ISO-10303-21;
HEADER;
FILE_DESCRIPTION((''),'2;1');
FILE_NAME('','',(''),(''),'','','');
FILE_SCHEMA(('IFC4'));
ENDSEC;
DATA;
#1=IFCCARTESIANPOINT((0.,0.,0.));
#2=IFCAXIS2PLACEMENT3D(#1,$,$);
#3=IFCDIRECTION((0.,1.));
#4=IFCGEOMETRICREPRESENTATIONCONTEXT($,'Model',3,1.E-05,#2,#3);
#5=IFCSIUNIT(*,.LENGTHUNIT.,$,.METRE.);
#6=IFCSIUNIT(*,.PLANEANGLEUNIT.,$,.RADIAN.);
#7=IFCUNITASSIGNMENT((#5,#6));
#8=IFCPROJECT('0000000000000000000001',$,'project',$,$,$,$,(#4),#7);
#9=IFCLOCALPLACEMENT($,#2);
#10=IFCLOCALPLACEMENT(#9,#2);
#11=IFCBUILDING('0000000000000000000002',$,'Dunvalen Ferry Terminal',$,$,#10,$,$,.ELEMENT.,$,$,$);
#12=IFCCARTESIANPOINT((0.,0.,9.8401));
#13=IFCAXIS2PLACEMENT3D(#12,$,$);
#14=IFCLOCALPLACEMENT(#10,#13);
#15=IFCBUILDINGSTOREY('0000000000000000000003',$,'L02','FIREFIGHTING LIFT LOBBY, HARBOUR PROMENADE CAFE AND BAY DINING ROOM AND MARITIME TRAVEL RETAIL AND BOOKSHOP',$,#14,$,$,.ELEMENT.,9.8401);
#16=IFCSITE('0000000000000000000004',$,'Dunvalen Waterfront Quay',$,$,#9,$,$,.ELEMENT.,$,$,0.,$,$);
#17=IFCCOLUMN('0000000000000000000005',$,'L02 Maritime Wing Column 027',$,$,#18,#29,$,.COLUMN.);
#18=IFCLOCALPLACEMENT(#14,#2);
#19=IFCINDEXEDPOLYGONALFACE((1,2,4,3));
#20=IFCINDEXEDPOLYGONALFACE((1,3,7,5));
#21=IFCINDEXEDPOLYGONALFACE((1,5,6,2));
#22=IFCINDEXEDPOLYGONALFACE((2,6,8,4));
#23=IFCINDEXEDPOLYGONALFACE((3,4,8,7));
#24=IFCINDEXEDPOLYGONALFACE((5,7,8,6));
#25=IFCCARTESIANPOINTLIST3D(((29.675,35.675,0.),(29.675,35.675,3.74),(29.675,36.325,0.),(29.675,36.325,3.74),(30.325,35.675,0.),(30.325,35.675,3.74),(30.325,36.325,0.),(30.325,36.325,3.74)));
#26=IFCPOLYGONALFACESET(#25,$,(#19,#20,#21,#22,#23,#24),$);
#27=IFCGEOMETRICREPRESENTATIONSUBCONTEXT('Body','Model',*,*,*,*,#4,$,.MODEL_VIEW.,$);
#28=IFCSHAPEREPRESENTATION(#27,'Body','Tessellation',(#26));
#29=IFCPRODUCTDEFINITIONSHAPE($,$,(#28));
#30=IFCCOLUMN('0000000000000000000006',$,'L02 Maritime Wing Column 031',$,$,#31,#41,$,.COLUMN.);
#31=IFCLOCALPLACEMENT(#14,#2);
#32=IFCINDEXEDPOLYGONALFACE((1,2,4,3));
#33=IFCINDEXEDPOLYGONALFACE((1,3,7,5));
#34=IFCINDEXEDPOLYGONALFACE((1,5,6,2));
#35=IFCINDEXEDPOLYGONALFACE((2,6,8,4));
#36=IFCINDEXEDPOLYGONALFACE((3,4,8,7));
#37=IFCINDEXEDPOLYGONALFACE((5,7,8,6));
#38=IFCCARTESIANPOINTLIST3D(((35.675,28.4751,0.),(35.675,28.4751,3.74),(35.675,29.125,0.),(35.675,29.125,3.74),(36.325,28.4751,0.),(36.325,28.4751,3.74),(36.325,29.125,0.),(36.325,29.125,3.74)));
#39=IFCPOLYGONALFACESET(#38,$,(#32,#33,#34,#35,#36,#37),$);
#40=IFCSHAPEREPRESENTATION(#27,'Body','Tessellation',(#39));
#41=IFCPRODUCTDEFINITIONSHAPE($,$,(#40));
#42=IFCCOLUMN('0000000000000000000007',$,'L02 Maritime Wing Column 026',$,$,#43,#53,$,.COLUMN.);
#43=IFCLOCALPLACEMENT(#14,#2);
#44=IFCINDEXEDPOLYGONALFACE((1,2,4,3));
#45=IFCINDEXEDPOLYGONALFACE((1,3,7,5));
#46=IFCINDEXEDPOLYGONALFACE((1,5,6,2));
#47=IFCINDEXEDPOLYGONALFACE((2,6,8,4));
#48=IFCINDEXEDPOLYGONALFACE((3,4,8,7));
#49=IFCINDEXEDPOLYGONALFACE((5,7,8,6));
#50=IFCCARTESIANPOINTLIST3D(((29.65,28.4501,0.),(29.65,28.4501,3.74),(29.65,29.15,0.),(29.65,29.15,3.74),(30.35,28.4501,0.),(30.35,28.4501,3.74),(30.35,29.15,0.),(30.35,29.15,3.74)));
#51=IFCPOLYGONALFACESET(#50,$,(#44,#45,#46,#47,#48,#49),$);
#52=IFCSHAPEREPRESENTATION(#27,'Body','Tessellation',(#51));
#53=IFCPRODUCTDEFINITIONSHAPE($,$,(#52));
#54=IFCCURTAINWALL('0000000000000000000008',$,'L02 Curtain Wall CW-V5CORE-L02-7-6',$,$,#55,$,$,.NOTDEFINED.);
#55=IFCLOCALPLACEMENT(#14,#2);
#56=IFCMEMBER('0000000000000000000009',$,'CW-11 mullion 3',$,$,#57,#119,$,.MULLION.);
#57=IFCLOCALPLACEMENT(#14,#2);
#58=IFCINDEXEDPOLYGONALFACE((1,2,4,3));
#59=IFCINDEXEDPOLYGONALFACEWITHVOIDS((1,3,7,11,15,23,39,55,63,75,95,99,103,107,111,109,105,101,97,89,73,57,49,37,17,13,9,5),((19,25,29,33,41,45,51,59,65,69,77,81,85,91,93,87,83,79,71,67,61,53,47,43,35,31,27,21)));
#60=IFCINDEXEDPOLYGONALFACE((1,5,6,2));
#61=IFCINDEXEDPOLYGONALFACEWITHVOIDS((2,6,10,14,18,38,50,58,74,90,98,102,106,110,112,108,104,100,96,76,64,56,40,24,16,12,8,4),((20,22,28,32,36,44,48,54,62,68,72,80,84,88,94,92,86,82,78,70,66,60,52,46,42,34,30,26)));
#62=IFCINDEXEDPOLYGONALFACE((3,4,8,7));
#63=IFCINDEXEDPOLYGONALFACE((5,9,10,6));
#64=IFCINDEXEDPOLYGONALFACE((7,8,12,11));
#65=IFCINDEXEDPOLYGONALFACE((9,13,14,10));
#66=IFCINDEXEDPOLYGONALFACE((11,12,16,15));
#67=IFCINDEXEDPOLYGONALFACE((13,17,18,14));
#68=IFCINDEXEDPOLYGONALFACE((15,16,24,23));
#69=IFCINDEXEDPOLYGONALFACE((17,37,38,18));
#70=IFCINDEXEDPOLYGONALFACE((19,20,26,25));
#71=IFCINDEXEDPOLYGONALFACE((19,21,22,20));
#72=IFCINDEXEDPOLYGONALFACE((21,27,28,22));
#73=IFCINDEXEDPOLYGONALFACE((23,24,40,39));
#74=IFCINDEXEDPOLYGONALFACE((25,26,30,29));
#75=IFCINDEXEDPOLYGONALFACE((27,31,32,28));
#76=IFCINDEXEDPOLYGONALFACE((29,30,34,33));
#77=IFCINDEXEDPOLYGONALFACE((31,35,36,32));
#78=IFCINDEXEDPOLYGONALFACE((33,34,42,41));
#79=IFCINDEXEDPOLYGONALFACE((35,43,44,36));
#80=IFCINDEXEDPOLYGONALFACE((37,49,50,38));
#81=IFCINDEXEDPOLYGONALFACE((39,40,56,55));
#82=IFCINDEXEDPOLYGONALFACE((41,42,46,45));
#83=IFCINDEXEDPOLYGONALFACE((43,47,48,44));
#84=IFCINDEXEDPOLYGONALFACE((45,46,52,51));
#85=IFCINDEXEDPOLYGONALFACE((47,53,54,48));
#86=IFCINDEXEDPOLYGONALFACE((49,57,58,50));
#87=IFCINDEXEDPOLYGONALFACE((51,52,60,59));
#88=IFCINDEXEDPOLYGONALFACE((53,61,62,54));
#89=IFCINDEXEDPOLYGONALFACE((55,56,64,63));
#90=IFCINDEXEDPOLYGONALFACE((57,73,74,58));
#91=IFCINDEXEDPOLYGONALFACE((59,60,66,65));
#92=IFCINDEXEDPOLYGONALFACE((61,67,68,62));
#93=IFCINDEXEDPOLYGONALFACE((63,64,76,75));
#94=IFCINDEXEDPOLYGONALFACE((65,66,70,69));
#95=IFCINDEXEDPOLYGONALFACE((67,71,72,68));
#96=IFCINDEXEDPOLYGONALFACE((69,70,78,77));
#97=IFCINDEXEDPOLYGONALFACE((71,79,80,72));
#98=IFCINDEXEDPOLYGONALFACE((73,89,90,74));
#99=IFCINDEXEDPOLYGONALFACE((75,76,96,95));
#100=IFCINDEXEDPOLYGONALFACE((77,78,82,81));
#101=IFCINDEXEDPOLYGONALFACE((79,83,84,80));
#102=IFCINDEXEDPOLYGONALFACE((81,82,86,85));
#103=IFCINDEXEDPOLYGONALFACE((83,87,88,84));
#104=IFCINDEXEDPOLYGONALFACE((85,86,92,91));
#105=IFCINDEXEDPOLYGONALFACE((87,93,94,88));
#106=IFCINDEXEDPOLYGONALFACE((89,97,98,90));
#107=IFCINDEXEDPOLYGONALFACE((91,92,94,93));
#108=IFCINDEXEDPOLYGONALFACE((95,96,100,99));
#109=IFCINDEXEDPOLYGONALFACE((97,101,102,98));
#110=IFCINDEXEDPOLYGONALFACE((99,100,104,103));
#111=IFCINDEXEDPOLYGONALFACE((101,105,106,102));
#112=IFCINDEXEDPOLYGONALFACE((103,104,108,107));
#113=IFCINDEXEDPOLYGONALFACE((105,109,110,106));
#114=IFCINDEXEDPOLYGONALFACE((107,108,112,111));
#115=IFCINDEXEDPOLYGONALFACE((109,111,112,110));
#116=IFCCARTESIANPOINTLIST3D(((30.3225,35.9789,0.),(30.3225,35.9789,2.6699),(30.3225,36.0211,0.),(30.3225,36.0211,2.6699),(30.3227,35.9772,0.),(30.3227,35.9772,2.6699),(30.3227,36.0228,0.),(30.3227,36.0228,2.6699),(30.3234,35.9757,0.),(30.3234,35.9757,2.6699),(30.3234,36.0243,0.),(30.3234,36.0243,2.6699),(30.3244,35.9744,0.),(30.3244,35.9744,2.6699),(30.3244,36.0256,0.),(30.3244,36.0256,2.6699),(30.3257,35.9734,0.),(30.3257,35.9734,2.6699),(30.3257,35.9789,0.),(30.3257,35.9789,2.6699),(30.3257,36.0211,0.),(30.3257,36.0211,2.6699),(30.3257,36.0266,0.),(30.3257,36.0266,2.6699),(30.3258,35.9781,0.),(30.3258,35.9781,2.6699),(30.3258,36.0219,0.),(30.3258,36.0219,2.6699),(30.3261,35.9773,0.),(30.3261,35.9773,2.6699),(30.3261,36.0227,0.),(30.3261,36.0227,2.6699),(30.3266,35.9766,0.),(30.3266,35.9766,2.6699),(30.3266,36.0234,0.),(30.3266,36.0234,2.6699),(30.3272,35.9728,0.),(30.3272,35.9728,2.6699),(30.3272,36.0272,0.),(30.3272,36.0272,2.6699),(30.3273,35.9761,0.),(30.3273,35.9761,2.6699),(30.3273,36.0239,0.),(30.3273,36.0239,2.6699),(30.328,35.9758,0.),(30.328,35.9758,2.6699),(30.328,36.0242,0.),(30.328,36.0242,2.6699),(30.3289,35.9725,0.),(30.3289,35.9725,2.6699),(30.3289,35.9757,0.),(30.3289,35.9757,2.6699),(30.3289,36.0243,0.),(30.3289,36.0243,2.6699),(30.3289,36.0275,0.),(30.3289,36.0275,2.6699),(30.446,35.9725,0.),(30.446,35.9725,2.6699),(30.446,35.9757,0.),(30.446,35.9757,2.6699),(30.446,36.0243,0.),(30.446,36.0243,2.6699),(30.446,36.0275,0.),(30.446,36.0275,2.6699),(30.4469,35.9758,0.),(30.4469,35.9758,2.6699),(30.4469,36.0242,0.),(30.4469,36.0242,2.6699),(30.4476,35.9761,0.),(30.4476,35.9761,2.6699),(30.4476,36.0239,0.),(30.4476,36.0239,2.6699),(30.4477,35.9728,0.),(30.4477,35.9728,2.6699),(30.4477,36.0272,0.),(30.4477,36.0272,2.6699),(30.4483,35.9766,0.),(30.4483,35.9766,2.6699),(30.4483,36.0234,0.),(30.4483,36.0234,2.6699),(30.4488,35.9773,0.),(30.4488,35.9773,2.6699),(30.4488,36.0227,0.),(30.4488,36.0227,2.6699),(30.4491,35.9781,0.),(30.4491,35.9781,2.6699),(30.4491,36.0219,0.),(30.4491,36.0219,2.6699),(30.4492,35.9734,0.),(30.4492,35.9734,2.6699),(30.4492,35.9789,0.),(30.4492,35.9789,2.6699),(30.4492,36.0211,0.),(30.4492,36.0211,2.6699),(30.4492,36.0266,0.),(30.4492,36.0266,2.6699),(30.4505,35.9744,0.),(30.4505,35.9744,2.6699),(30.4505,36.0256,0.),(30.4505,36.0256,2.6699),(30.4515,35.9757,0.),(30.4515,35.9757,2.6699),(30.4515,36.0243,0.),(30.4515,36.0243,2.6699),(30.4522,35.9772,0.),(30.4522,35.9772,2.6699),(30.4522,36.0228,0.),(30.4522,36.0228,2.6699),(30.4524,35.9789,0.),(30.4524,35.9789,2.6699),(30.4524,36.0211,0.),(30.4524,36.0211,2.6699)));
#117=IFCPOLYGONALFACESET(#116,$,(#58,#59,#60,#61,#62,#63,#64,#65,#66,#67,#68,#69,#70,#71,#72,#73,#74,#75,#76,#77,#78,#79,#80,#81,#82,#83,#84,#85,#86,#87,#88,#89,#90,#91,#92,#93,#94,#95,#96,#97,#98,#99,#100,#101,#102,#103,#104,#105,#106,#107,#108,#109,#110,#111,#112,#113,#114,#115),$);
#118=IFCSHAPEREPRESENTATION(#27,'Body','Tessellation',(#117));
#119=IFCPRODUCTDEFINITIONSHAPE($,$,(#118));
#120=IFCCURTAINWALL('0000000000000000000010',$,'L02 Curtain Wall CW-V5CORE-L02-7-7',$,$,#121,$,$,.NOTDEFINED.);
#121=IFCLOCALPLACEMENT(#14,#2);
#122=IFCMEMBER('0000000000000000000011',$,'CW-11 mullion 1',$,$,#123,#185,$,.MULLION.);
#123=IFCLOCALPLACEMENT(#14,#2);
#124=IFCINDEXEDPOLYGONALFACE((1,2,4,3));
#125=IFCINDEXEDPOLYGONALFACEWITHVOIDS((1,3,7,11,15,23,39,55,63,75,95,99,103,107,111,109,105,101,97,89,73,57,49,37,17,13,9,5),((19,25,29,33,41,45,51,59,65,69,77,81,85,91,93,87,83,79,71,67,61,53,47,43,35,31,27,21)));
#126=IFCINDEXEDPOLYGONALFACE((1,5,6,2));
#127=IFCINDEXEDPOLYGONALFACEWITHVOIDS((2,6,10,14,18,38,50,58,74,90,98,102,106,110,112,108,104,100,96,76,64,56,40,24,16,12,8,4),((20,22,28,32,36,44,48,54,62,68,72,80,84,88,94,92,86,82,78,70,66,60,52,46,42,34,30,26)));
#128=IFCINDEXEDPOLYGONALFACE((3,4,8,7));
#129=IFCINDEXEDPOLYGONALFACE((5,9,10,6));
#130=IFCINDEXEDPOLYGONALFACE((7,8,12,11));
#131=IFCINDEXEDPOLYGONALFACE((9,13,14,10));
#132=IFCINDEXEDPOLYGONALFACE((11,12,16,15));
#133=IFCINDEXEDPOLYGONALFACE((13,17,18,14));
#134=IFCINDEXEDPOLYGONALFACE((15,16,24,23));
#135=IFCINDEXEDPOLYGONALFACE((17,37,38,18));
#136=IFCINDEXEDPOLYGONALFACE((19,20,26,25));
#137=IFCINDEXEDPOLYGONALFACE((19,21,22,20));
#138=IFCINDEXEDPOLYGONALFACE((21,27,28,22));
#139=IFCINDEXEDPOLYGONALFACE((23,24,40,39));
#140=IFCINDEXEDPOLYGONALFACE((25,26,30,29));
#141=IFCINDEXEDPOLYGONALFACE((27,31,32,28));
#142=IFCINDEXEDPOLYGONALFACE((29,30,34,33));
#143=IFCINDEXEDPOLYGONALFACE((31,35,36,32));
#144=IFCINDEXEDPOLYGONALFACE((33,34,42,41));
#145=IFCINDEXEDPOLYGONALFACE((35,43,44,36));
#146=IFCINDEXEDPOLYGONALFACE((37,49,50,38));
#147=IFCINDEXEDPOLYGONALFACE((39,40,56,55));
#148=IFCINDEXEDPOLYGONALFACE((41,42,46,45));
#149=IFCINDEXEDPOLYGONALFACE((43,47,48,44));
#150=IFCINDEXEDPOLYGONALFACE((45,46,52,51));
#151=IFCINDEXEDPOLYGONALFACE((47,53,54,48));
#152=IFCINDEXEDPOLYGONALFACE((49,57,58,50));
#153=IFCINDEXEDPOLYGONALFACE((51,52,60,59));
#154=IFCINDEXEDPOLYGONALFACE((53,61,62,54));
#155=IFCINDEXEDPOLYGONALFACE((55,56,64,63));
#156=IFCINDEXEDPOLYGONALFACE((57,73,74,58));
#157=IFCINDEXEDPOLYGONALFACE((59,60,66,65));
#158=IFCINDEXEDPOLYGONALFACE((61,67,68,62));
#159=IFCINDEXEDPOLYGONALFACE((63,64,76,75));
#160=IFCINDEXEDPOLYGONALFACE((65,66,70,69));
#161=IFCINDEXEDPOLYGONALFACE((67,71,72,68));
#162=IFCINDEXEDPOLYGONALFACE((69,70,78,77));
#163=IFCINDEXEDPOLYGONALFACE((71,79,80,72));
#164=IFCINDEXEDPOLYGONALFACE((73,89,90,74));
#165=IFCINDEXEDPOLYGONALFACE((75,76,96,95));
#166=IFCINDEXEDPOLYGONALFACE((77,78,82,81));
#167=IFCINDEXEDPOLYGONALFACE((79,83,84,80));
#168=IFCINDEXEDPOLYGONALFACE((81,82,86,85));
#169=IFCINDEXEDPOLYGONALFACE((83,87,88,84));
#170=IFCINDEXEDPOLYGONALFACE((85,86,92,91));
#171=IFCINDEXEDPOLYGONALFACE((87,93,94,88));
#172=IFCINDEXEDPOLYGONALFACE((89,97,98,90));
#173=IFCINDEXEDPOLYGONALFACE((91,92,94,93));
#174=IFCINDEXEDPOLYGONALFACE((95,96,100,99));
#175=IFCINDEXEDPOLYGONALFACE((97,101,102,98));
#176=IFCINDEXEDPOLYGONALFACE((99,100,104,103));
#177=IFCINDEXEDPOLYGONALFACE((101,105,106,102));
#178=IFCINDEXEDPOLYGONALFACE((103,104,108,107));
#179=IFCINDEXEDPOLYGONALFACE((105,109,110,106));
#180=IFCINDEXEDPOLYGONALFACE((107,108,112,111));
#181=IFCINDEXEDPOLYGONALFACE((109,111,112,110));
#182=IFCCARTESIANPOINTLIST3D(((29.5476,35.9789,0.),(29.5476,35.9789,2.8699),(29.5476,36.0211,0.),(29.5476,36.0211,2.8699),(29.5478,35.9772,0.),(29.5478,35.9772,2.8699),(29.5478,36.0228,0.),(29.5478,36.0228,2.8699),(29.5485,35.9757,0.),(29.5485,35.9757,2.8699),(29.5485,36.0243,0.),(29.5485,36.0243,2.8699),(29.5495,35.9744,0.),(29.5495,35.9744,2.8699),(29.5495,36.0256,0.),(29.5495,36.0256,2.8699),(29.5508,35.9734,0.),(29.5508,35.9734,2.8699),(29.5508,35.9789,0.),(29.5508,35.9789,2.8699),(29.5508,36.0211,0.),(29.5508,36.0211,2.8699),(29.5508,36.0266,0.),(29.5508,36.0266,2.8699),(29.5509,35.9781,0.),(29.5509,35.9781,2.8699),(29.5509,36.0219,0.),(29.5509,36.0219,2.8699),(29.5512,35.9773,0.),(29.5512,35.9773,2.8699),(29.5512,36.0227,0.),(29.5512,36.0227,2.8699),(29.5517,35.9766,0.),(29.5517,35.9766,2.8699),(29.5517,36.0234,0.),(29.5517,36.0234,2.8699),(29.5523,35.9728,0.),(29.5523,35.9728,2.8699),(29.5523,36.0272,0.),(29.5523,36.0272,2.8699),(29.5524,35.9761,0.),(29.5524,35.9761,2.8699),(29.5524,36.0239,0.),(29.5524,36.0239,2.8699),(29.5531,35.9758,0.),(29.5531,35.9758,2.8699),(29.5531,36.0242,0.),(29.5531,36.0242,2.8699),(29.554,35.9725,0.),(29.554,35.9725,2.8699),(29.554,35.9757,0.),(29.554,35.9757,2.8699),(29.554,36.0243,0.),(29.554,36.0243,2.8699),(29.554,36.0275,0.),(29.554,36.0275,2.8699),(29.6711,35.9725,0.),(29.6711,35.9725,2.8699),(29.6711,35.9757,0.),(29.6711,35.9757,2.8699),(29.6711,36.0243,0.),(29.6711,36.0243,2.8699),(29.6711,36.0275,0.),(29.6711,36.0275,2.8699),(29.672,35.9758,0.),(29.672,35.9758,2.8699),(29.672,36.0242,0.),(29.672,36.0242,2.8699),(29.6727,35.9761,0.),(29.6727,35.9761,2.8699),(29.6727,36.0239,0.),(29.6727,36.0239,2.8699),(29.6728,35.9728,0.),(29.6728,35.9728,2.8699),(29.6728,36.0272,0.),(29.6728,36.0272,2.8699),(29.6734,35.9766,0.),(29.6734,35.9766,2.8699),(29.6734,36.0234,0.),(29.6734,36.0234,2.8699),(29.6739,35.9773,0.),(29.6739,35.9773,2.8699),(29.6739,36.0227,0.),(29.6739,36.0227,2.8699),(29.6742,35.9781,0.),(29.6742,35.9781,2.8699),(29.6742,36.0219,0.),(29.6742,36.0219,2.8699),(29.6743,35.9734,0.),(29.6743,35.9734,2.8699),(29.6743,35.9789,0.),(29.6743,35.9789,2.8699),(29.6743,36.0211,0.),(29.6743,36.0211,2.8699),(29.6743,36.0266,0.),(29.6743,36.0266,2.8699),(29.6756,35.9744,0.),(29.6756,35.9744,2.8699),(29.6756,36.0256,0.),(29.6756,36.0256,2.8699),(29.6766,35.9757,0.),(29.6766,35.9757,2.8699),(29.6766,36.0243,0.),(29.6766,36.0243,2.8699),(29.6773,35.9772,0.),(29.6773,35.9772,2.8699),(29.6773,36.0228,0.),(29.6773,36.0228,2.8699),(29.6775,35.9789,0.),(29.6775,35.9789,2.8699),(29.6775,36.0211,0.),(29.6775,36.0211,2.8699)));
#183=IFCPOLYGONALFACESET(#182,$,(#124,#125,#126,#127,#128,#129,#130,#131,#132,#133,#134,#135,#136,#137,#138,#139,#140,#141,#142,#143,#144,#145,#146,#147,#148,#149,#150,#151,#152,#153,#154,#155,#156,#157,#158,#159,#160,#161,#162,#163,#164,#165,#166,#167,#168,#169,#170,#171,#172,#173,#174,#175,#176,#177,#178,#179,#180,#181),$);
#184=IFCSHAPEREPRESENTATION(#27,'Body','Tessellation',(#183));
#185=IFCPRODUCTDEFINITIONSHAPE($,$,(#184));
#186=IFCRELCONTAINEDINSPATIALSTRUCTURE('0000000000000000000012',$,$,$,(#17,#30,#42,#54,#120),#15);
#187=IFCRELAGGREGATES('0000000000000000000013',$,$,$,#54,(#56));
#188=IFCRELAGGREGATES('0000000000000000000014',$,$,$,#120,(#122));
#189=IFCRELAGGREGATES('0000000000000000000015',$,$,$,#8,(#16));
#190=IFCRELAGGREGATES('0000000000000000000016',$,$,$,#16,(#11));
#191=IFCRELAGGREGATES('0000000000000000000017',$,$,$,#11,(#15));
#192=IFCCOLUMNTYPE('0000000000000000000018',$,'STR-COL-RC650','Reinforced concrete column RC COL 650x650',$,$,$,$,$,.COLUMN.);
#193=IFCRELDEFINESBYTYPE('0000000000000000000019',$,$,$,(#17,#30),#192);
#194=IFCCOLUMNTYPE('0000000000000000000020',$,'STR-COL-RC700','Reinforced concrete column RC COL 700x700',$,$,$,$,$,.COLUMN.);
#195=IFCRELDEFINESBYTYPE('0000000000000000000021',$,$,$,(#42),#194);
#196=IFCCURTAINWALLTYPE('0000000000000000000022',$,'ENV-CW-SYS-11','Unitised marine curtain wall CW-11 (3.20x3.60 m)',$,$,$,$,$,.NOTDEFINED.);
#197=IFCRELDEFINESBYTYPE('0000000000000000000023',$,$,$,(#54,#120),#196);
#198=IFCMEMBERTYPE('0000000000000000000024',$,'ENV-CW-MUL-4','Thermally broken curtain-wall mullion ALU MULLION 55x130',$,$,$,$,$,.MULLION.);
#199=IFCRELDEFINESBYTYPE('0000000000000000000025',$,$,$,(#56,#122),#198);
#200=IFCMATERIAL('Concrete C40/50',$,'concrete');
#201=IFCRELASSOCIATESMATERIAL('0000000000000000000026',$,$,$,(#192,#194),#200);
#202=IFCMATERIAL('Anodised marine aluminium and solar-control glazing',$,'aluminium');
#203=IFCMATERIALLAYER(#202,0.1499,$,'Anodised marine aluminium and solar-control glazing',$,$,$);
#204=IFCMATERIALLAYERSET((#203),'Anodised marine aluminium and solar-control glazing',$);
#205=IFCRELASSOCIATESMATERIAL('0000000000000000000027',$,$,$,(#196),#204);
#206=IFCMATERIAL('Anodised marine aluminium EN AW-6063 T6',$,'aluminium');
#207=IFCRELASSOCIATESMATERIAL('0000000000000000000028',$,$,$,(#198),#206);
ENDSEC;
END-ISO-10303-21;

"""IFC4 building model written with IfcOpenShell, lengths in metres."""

from ifc_helpers import new_model, si_unit, direction, frame, origin, origin_2d, place, context, subcontext, project, spatial, rectangle, hollow_rectangle, extrude, material, layer, layer_set, material_profile, profile_set, type_object, element, aggregate, save


model = new_model("IFC4")

# Units and contexts
model_context = context("Model", 3, precision=1e-05, world=origin(), true_north=direction((0.0, 1.0)))
body_context = subcontext(model_context, "Body", "Model", "MODEL_VIEW")
ifc_project = project(units=[si_unit("LENGTHUNIT", "METRE"), si_unit("PLANEANGLEUNIT", "RADIAN")], contexts=[model_context])

# Site, building, storey
site_placement = place(None, origin())
site = spatial("IfcSite", under=ifc_project, at=site_placement, Name="Dunvalen Waterfront Quay", CompositionType="ELEMENT", RefElevation=0.0)
building_placement = place(site_placement, origin())
building = spatial("IfcBuilding", under=site, at=building_placement, Name="Dunvalen Ferry Terminal", CompositionType="ELEMENT")
storey_placement = place(building_placement, frame((0.0, 0.0, 9.8401)))
storey = spatial("IfcBuildingStorey", under=building, at=storey_placement, Name="L02", Description="FIREFIGHTING LIFT LOBBY, HARBOUR PROMENADE CAFE AND BAY DINING ROOM AND MARITIME TRAVEL RETAIL AND BOOKSHOP", CompositionType="ELEMENT", Elevation=9.8401)

# Columns
ifc_material_1 = material(Name="Concrete C40/50", Category="concrete")
ifc_material_profile_1 = material_profile(ifc_material_1, rectangle(XDim=0.6499, YDim=0.6499, at=origin_2d()), Name="Concrete C40/50")
ifc_profile_set_1 = profile_set([ifc_material_profile_1], Name="Concrete C40/50")
column_type_1 = type_object("IfcColumnType", Name="STR-COL-RC650", Description="Reinforced concrete column RC COL 650x650", PredefinedType="COLUMN", material=ifc_profile_set_1)
for number, where, z_axis, x_axis, name in (
    (1, (30.0, 36.0, 0.0), (0.0, 0.0, 1.0), (1.0, 0.0, 0.0), "L02 Maritime Wing Column 027"),
    (2, (36.0, 28.8, 0.0), (0.0, 0.0, 1.0), (1.0, 0.0, 0.0), "L02 Maritime Wing Column 031"),
):
    element("IfcColumn", number, at=place(storey_placement, frame(where, z_axis=z_axis, x_axis=x_axis)), inside=storey, type_object=column_type_1, Name=name, PredefinedType="COLUMN", context=body_context, shape_type="SweptSolid", body=[
        extrude(rectangle(XDim=0.6499, YDim=0.6499, at=origin_2d()), origin(), (0.0, 0.0, 1.0), 3.74),
    ])
ifc_material_profile_2 = material_profile(ifc_material_1, rectangle(XDim=0.7, YDim=0.7, at=origin_2d()), Name="Concrete C40/50")
ifc_profile_set_2 = profile_set([ifc_material_profile_2], Name="Concrete C40/50")
column_type_2 = type_object("IfcColumnType", Name="STR-COL-RC700", Description="Reinforced concrete column RC COL 700x700", PredefinedType="COLUMN", material=ifc_profile_set_2)
column_placement = place(storey_placement, frame((30.0, 28.8, 0.0), z_axis=(0.0, 0.0, 1.0), x_axis=(1.0, 0.0, 0.0)))
element("IfcColumn", 3, at=column_placement, inside=storey, type_object=column_type_2, Name="L02 Maritime Wing Column 026", PredefinedType="COLUMN", context=body_context, shape_type="SweptSolid", body=[
    extrude(rectangle(XDim=0.7, YDim=0.7, at=origin_2d()), origin(), (0.0, 0.0, 1.0), 3.74),
])

# Curtain wall, member
ifc_material_2 = material(Name="Anodised marine aluminium and solar-control glazing", Category="aluminium")
ifc_layer_1 = layer(ifc_material_2, 0.1499, Name="Anodised marine aluminium and solar-control glazing")
ifc_layer_set_1 = layer_set([ifc_layer_1], Name="Anodised marine aluminium and solar-control glazing")
curtain_wall_type = type_object("IfcCurtainWallType", Name="ENV-CW-SYS-11", Description="Unitised marine curtain wall CW-11 (3.20x3.60 m)", PredefinedType="NOTDEFINED", material=ifc_layer_set_1)
curtain_wall_1_placement = place(storey_placement, origin())
curtain_wall_1 = element("IfcCurtainWall", 4, at=curtain_wall_1_placement, inside=storey, type_object=curtain_wall_type, Name="L02 Curtain Wall CW-V5CORE-L02-7-6", PredefinedType="NOTDEFINED")
ifc_material_3 = material(Name="Anodised marine aluminium EN AW-6063 T6", Category="aluminium")
ifc_material_profile_3 = material_profile(ifc_material_3, hollow_rectangle(XDim=0.0549, YDim=0.1299, WallThickness=0.0032, InnerFilletRadius=0.0032, OuterFilletRadius=0.0063, at=origin_2d()), Name="Anodised marine aluminium EN AW-6063 T6")
ifc_profile_set_3 = profile_set([ifc_material_profile_3], Name="Anodised marine aluminium EN AW-6063 T6")
member_type_1 = type_object("IfcMemberType", Name="ENV-CW-MUL-4", Description="Thermally broken curtain-wall mullion ALU MULLION 55x130", PredefinedType="MULLION", material=ifc_profile_set_3)
member_1_placement = place(storey_placement, frame((30.3875, 36.0, 0.0), z_axis=(0.0, 0.0, 1.0), x_axis=(0.0, -1.0, 0.0)))
member_1 = element("IfcMember", 5, at=member_1_placement, type_object=member_type_1, Name="CW-11 mullion 3", PredefinedType="MULLION", context=body_context, shape_type="SweptSolid", body=[
    extrude(hollow_rectangle(XDim=0.0549, YDim=0.1299, WallThickness=0.0032, InnerFilletRadius=0.0032, OuterFilletRadius=0.0063, at=origin_2d()), origin(), (0.0, 0.0, 1.0), 2.6699),
])

# Curtain wall, member
curtain_wall_2_placement = place(storey_placement, origin())
curtain_wall_2 = element("IfcCurtainWall", 6, at=curtain_wall_2_placement, inside=storey, type_object=curtain_wall_type, Name="L02 Curtain Wall CW-V5CORE-L02-7-7", PredefinedType="NOTDEFINED")
member_2_placement = place(storey_placement, frame((29.6125, 36.0, 0.0), z_axis=(0.0, 0.0, 1.0), x_axis=(0.0, -1.0, 0.0)))
member_2 = element("IfcMember", 7, at=member_2_placement, type_object=member_type_1, Name="CW-11 mullion 1", PredefinedType="MULLION", context=body_context, shape_type="SweptSolid", body=[
    extrude(hollow_rectangle(XDim=0.0549, YDim=0.1299, WallThickness=0.0032, InnerFilletRadius=0.0032, OuterFilletRadius=0.0063, at=origin_2d()), origin(), (0.0, 0.0, 1.0), 2.8699),
])

aggregate(curtain_wall_1, [member_1])
aggregate(curtain_wall_2, [member_2])

save(model, "model.ifc")
